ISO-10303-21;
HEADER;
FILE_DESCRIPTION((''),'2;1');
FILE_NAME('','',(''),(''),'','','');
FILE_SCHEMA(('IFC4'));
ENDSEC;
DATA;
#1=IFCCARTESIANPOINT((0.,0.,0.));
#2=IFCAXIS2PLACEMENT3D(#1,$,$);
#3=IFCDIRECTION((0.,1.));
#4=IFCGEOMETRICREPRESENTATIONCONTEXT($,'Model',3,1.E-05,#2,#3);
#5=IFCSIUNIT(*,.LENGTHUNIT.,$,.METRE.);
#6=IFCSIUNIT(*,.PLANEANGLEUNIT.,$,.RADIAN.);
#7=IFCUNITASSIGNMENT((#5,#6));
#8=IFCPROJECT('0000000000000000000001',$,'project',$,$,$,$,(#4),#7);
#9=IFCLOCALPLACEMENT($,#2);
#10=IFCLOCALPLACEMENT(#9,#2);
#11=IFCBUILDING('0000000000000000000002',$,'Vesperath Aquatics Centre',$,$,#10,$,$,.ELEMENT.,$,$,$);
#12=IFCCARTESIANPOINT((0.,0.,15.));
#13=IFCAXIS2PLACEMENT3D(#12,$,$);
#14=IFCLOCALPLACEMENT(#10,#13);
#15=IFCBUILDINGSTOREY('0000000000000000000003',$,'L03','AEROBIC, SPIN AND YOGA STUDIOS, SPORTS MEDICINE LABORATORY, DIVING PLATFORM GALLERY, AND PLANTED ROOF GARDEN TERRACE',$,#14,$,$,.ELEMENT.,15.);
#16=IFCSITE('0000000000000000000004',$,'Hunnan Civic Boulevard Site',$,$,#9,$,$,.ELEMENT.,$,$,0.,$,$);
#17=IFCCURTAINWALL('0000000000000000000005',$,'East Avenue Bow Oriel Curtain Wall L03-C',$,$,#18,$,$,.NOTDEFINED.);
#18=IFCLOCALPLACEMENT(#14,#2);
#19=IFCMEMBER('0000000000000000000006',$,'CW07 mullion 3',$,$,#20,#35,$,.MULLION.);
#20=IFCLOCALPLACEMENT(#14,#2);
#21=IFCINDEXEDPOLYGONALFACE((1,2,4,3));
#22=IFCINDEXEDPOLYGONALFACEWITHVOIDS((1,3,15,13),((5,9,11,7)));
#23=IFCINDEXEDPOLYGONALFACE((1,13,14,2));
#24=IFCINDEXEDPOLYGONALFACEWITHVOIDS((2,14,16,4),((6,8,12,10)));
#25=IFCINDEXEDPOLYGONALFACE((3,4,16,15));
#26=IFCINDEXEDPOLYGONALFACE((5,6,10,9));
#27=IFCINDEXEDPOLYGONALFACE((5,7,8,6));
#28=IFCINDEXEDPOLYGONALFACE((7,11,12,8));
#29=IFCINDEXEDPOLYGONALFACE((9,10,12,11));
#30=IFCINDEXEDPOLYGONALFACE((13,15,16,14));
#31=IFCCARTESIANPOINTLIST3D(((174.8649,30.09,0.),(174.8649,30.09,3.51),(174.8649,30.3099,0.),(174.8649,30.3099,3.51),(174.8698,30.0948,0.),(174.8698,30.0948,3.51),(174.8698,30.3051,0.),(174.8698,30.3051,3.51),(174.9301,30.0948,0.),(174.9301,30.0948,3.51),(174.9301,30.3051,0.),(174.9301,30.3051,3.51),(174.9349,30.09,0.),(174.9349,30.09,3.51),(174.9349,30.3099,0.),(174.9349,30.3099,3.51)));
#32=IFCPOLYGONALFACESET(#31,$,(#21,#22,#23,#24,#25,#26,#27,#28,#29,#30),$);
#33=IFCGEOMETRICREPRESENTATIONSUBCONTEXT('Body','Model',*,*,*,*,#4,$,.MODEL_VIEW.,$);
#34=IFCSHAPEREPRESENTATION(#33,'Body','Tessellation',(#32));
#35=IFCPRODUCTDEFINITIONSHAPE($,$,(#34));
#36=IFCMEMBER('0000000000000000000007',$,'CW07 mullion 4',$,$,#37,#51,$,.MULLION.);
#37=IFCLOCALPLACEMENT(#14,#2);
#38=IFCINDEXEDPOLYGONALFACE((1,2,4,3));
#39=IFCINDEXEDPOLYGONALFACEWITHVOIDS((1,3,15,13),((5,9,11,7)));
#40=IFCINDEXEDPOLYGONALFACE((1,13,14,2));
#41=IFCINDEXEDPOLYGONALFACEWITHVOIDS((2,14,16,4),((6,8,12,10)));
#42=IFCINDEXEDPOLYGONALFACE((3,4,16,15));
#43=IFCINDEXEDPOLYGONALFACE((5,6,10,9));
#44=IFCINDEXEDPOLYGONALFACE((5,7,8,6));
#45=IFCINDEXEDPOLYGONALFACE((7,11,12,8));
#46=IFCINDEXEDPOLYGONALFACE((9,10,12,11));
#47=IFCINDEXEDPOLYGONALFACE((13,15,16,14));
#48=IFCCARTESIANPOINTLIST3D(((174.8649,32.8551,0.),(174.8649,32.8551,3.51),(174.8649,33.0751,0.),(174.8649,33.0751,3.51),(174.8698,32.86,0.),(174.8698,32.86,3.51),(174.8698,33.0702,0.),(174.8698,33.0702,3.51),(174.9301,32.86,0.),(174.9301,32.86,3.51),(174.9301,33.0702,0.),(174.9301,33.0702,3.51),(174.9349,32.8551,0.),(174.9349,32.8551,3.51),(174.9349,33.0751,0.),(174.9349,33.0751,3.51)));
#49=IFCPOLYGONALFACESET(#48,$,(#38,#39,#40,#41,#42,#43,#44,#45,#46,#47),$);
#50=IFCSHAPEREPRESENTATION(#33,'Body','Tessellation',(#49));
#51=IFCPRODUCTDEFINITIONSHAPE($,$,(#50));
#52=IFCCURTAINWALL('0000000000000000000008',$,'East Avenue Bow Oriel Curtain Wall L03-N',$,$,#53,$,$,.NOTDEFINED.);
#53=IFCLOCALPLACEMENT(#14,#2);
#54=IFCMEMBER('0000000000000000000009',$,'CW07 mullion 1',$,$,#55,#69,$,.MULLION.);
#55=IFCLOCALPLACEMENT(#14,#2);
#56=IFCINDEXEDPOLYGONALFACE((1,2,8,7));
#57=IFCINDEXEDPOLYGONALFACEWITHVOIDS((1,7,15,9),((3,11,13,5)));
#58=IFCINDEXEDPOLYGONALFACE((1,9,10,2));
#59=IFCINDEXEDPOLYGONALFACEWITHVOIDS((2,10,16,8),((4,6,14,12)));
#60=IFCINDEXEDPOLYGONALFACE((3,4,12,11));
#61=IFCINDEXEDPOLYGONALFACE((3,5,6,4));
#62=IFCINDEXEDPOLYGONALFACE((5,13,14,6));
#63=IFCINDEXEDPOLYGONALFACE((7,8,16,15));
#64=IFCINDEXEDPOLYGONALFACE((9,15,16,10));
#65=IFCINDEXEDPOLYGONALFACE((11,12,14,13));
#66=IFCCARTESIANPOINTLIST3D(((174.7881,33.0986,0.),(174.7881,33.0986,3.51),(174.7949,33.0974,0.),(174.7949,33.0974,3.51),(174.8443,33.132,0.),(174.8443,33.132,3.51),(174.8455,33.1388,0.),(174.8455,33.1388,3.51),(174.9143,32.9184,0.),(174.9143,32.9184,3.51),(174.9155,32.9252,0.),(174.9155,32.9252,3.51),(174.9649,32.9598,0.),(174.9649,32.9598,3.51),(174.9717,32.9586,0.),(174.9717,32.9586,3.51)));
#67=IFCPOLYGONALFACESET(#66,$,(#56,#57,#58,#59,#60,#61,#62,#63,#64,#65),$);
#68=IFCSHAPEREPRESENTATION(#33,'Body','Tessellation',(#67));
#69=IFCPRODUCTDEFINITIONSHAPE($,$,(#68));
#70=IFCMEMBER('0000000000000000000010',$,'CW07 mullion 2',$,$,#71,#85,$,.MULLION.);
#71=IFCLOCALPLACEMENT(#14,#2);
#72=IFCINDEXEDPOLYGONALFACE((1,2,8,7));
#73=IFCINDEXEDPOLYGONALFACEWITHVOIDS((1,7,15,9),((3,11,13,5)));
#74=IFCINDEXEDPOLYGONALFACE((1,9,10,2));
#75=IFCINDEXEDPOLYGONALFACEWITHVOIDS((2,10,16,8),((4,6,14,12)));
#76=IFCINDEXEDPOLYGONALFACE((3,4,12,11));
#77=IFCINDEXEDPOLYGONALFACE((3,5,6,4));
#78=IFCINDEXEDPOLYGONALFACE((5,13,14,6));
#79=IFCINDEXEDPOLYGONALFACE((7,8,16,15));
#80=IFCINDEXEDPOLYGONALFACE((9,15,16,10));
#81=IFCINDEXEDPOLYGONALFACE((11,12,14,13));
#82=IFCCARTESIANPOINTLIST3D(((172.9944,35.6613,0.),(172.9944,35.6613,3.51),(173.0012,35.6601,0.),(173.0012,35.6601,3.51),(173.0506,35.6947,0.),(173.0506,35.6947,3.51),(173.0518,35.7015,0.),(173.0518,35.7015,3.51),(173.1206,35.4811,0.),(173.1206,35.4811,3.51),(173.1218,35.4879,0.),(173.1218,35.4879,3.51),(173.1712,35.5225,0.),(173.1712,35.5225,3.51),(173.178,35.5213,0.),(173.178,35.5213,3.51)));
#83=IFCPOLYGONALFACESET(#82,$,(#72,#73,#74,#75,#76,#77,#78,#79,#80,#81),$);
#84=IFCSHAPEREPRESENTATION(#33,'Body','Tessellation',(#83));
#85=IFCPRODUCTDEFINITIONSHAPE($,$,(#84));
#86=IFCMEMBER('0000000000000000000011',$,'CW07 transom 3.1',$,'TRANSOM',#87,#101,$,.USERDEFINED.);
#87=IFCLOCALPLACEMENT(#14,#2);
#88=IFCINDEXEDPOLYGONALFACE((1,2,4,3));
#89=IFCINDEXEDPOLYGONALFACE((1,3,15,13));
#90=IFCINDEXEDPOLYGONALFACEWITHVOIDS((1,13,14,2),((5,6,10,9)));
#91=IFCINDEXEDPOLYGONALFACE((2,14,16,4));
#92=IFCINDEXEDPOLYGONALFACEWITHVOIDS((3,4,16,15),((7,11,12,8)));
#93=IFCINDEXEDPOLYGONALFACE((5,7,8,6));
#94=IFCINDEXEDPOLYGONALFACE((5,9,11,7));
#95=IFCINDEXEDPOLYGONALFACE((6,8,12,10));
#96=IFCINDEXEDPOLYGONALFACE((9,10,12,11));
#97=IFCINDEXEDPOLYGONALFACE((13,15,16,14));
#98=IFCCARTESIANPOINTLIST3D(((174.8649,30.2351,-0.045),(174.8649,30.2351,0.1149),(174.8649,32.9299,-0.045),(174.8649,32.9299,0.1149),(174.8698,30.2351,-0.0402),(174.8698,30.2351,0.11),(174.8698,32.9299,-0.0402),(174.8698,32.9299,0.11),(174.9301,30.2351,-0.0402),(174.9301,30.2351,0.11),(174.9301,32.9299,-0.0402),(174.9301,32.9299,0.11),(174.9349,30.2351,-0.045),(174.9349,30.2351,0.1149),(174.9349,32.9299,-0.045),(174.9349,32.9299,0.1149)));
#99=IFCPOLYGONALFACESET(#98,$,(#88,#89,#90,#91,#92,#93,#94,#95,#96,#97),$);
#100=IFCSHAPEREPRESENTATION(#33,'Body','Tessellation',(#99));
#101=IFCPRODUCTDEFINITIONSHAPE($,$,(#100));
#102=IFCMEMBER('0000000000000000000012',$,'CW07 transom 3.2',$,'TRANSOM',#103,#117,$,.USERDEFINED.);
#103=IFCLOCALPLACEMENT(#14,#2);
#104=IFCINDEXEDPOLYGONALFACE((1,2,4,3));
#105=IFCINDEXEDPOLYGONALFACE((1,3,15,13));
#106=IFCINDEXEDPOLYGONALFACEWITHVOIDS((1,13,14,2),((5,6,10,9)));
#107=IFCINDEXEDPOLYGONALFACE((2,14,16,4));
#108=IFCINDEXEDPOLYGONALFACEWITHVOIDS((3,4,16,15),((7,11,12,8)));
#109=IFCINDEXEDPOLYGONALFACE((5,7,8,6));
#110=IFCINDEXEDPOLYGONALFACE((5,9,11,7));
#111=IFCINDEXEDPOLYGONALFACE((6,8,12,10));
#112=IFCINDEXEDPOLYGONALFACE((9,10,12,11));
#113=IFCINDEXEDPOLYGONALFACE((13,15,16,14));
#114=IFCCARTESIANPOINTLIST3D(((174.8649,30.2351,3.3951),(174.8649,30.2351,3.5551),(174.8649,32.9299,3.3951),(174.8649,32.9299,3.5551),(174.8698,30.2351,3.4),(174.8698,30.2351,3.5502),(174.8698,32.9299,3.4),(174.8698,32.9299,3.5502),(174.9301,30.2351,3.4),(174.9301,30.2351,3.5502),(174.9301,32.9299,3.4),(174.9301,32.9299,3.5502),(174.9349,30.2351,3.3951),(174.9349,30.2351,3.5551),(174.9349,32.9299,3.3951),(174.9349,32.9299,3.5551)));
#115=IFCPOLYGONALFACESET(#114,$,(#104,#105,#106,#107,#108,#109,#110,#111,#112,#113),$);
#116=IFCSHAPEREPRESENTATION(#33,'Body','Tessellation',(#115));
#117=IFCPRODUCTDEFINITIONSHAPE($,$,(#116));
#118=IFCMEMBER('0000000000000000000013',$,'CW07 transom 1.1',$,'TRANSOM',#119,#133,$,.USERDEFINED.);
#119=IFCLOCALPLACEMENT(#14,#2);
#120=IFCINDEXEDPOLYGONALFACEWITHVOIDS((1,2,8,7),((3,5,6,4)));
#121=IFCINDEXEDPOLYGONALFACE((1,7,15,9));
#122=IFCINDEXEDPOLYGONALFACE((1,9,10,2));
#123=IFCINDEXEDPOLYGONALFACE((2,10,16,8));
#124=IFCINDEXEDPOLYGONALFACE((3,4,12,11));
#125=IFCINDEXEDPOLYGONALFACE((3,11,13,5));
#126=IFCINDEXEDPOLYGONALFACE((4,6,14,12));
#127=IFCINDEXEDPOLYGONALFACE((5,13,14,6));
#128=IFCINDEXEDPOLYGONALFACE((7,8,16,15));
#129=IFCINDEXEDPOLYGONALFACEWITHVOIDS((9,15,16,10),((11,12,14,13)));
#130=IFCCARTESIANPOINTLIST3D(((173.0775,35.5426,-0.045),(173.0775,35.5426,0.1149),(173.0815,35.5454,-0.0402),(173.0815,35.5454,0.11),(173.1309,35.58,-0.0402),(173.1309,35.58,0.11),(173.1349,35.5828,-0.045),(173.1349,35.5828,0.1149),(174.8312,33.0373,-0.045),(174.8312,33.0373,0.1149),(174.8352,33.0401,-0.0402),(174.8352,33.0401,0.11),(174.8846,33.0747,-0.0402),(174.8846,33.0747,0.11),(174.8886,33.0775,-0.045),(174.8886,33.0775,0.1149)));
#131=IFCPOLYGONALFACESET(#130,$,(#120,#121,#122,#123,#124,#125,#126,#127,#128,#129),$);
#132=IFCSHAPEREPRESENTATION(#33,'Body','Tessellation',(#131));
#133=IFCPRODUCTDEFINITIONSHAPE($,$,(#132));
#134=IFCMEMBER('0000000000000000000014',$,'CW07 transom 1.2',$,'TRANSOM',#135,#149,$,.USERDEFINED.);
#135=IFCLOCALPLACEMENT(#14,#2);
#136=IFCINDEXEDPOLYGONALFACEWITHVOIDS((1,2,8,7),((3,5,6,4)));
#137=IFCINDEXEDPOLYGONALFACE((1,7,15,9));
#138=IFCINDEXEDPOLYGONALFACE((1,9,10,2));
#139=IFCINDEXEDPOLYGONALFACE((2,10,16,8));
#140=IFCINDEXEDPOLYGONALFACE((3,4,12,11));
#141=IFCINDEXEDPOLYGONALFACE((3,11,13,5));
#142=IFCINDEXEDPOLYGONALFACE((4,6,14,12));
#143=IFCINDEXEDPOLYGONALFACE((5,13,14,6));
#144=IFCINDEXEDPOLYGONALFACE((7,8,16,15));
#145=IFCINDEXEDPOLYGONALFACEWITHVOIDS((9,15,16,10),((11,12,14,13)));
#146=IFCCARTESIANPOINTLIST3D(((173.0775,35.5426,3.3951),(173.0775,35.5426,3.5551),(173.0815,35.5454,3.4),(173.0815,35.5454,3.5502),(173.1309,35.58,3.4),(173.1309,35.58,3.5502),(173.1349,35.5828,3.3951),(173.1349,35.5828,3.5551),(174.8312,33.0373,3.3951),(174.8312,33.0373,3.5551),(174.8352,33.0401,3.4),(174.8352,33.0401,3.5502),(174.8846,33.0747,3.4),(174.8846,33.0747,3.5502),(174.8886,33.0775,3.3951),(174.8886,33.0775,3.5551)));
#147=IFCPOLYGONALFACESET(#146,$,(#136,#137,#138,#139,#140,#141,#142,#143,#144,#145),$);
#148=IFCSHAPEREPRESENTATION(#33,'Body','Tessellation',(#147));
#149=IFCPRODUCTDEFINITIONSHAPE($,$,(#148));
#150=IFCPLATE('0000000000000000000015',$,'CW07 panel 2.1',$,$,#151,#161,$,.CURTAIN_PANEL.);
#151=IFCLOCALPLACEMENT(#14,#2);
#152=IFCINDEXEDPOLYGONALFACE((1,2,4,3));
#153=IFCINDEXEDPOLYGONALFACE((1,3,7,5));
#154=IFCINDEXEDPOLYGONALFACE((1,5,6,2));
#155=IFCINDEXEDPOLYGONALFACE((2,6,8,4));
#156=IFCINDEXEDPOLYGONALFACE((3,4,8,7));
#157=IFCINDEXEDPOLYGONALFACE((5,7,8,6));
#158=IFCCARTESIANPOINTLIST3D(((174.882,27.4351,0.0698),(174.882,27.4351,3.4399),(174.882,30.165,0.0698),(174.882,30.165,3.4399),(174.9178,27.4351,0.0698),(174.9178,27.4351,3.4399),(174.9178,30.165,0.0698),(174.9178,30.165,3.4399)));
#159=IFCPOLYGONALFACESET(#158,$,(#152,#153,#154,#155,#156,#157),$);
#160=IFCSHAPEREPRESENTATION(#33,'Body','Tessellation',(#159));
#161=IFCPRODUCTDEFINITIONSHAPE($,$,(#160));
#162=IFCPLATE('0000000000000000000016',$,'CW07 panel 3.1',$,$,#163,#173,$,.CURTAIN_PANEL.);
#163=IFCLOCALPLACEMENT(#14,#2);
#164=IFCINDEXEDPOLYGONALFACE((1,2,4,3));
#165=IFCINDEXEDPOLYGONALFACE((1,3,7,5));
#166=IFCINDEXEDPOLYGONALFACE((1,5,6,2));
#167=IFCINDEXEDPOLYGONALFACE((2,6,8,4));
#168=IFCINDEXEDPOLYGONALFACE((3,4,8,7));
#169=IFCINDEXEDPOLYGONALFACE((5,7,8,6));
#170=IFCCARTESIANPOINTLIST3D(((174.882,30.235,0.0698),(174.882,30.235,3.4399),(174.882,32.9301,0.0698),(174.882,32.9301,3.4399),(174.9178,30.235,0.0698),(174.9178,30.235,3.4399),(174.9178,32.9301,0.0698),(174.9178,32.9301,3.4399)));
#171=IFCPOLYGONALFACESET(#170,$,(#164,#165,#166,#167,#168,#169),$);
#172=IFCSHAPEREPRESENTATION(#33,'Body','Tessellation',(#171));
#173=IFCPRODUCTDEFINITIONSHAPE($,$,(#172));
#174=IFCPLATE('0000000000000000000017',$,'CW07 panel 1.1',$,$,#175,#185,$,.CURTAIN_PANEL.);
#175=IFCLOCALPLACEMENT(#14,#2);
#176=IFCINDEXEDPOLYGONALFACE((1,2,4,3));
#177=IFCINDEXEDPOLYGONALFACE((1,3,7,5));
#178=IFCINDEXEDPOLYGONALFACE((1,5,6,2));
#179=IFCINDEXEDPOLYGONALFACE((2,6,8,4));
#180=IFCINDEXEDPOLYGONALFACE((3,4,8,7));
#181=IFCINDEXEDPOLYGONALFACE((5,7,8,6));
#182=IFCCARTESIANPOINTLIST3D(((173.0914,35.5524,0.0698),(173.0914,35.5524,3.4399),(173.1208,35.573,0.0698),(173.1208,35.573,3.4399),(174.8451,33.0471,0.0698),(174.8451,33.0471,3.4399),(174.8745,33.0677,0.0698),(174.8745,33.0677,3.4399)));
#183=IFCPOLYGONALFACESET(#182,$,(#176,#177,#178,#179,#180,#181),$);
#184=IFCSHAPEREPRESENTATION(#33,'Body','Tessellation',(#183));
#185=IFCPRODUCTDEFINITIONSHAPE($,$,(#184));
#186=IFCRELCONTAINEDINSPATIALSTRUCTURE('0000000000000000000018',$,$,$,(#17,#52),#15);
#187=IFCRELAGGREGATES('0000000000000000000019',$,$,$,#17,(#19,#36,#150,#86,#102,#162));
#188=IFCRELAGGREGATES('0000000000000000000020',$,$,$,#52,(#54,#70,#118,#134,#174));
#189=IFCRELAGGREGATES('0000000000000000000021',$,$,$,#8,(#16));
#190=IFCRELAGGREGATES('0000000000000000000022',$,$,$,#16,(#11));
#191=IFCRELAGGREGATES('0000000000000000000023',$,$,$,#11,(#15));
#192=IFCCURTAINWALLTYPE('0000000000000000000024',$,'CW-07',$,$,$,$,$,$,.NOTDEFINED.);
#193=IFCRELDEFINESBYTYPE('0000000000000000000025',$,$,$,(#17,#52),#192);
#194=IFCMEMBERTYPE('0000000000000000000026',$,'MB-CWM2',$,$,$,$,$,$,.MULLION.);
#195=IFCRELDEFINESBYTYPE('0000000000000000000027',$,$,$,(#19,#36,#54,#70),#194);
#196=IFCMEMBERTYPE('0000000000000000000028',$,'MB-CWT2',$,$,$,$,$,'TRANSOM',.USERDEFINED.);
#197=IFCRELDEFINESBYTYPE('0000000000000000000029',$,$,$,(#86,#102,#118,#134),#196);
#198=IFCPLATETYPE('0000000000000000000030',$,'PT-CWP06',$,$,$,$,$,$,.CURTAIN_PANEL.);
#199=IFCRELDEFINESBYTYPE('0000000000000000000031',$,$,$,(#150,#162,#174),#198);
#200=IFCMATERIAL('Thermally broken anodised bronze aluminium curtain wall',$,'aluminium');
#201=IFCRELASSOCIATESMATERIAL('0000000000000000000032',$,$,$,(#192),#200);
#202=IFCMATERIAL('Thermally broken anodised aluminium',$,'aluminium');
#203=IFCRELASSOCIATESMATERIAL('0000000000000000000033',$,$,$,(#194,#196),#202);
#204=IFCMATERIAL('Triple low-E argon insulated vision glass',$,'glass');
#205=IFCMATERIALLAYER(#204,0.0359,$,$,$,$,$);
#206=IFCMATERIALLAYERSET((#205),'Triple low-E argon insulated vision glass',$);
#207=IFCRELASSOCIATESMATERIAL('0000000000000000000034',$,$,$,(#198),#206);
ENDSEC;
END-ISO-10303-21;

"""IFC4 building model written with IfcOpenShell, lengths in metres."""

from ifc_helpers import new_model, si_unit, direction, frame, origin, origin_2d, place, context, subcontext, project, spatial, rectangle, hollow_rectangle, extrude, material, layer, layer_set, material_profile, profile_set, type_object, element, aggregate, save


model = new_model("IFC4")

# Units and contexts
model_context = context("Model", 3, precision=1e-05, world=origin(), true_north=direction((0.0, 1.0)))
body_context = subcontext(model_context, "Body", "Model", "MODEL_VIEW")
ifc_project = project(units=[si_unit("LENGTHUNIT", "METRE"), si_unit("PLANEANGLEUNIT", "RADIAN")], contexts=[model_context])

# Site, building, storey
site_placement = place(None, origin())
site = spatial("IfcSite", under=ifc_project, at=site_placement, Name="Hunnan Civic Boulevard Site", CompositionType="ELEMENT", RefElevation=0.0)
building_placement = place(site_placement, origin())
building = spatial("IfcBuilding", under=site, at=building_placement, Name="Vesperath Aquatics Centre", CompositionType="ELEMENT")
storey_placement = place(building_placement, frame((0.0, 0.0, 15.0)))
storey = spatial("IfcBuildingStorey", under=building, at=storey_placement, Name="L03", Description="AEROBIC, SPIN AND YOGA STUDIOS, SPORTS MEDICINE LABORATORY, DIVING PLATFORM GALLERY, AND PLANTED ROOF GARDEN TERRACE", CompositionType="ELEMENT", Elevation=15.0)

# Curtain walls, members
ifc_material_1 = material(Name="Thermally broken anodised bronze aluminium curtain wall", Category="aluminium")
curtain_wall_type = type_object("IfcCurtainWallType", Name="CW-07", PredefinedType="NOTDEFINED", material=ifc_material_1)
curtain_wall_1_placement = place(storey_placement, origin())
curtain_wall_1 = element("IfcCurtainWall", 1, at=curtain_wall_1_placement, inside=storey, type_object=curtain_wall_type, Name="East Avenue Bow Oriel Curtain Wall L03-C", PredefinedType="NOTDEFINED")
ifc_material_2 = material(Name="Thermally broken anodised aluminium", Category="aluminium")
ifc_material_profile_1 = material_profile(ifc_material_2, hollow_rectangle(XDim=0.0701, YDim=0.22, WallThickness=0.0049, at=origin_2d()), Name="CWM 70x220x5")
ifc_profile_set_1 = profile_set([ifc_material_profile_1], Name="Thermally broken anodised aluminium")
member_type_1 = type_object("IfcMemberType", Name="MB-CWM2", PredefinedType="MULLION", material=ifc_profile_set_1)
member_1_placement = place(storey_placement, frame((174.8999, 30.2, 0.0), z_axis=(0.0, 0.0, 1.0), x_axis=(-1.0, 0.0, 0.0)))
member_1 = element("IfcMember", 2, at=member_1_placement, type_object=member_type_1, Name="CW07 mullion 3", PredefinedType="MULLION", context=body_context, shape_type="SweptSolid", body=[
    extrude(hollow_rectangle(XDim=0.0701, YDim=0.22, WallThickness=0.0049, at=origin_2d()), origin(), (0.0, 0.0, 1.0), 3.51),
])
member_2_placement = place(storey_placement, frame((174.8999, 32.9651, 0.0), z_axis=(0.0, 0.0, 1.0), x_axis=(-1.0, 0.0, 0.0)))
member_2 = element("IfcMember", 3, at=member_2_placement, type_object=member_type_1, Name="CW07 mullion 4", PredefinedType="MULLION", context=body_context, shape_type="SweptSolid", body=[
    extrude(hollow_rectangle(XDim=0.0701, YDim=0.22, WallThickness=0.0049, at=origin_2d()), origin(), (0.0, 0.0, 1.0), 3.51),
])
curtain_wall_2_placement = place(storey_placement, origin())
curtain_wall_2 = element("IfcCurtainWall", 4, at=curtain_wall_2_placement, inside=storey, type_object=curtain_wall_type, Name="East Avenue Bow Oriel Curtain Wall L03-N", PredefinedType="NOTDEFINED")
member_3_placement = place(storey_placement, frame((174.8799, 33.0286, 0.0), z_axis=(0.0, 0.0, 1.0), x_axis=(-0.819232, -0.573462, 0.0)))
member_3 = element("IfcMember", 5, at=member_3_placement, type_object=member_type_1, Name="CW07 mullion 1", PredefinedType="MULLION", context=body_context, shape_type="SweptSolid", body=[
    extrude(hollow_rectangle(XDim=0.0701, YDim=0.22, WallThickness=0.0049, at=origin_2d()), origin(), (0.0, 0.0, 1.0), 3.51),
])
member_4_placement = place(storey_placement, frame((173.0862, 35.5913, 0.0), z_axis=(0.0, 0.0, 1.0), x_axis=(-0.819232, -0.573462, 0.0)))
member_4 = element("IfcMember", 6, at=member_4_placement, type_object=member_type_1, Name="CW07 mullion 2", PredefinedType="MULLION", context=body_context, shape_type="SweptSolid", body=[
    extrude(hollow_rectangle(XDim=0.0701, YDim=0.22, WallThickness=0.0049, at=origin_2d()), origin(), (0.0, 0.0, 1.0), 3.51),
])

# Members
ifc_material_profile_2 = material_profile(ifc_material_2, hollow_rectangle(XDim=0.0701, YDim=0.1599, WallThickness=0.0049, at=origin_2d()), Name="CWT 70x160x5")
ifc_profile_set_2 = profile_set([ifc_material_profile_2], Name="Thermally broken anodised aluminium")
member_type_2 = type_object("IfcMemberType", Name="MB-CWT2", ElementType="TRANSOM", PredefinedType="USERDEFINED", material=ifc_profile_set_2)
member_5_placement = place(storey_placement, frame((174.8999, 30.2351, 0.0349), z_axis=(0.0, 1.0, 0.0), x_axis=(-1.0, 0.0, 0.0)))
member_5 = element("IfcMember", 7, at=member_5_placement, type_object=member_type_2, Name="CW07 transom 3.1", ObjectType="TRANSOM", PredefinedType="USERDEFINED", context=body_context, shape_type="SweptSolid", body=[
    extrude(hollow_rectangle(XDim=0.0701, YDim=0.1599, WallThickness=0.0049, at=origin_2d()), origin(), (0.0, 0.0, 1.0), 2.6948),
])
member_6_placement = place(storey_placement, frame((174.8999, 30.2351, 3.4751), z_axis=(0.0, 1.0, 0.0), x_axis=(-1.0, 0.0, 0.0)))
member_6 = element("IfcMember", 8, at=member_6_placement, type_object=member_type_2, Name="CW07 transom 3.2", ObjectType="TRANSOM", PredefinedType="USERDEFINED", context=body_context, shape_type="SweptSolid", body=[
    extrude(hollow_rectangle(XDim=0.0701, YDim=0.1599, WallThickness=0.0049, at=origin_2d()), origin(), (0.0, 0.0, 1.0), 2.6948),
])
member_7_placement = place(storey_placement, frame((174.8599, 33.0574, 0.0349), z_axis=(-0.573441, 0.819247, 0.0), x_axis=(-0.819247, -0.573441, 0.0)))
member_7 = element("IfcMember", 9, at=member_7_placement, type_object=member_type_2, Name="CW07 transom 1.1", ObjectType="TRANSOM", PredefinedType="USERDEFINED", context=body_context, shape_type="SweptSolid", body=[
    extrude(hollow_rectangle(XDim=0.0701, YDim=0.1599, WallThickness=0.0049, at=origin_2d()), origin(), (0.0, 0.0, 1.0), 3.0581),
])
member_8_placement = place(storey_placement, frame((174.8599, 33.0574, 3.4751), z_axis=(-0.573441, 0.819247, 0.0), x_axis=(-0.819247, -0.573441, 0.0)))
member_8 = element("IfcMember", 10, at=member_8_placement, type_object=member_type_2, Name="CW07 transom 1.2", ObjectType="TRANSOM", PredefinedType="USERDEFINED", context=body_context, shape_type="SweptSolid", body=[
    extrude(hollow_rectangle(XDim=0.0701, YDim=0.1599, WallThickness=0.0049, at=origin_2d()), origin(), (0.0, 0.0, 1.0), 3.0581),
])

# Plates
ifc_material_3 = material(Name="Triple low-E argon insulated vision glass", Category="glass")
ifc_layer_1 = layer(ifc_material_3, 0.0359)
ifc_layer_set_1 = layer_set([ifc_layer_1], Name="Triple low-E argon insulated vision glass")
plate_type = type_object("IfcPlateType", Name="PT-CWP06", PredefinedType="CURTAIN_PANEL", material=ifc_layer_set_1)
plate_1_placement = place(storey_placement, frame((174.8999, 28.8, 0.0698), z_axis=(0.0, 0.0, 1.0), x_axis=(0.0, 1.0, 0.0)))
plate_1 = element("IfcPlate", 11, at=plate_1_placement, type_object=plate_type, Name="CW07 panel 2.1", PredefinedType="CURTAIN_PANEL", context=body_context, shape_type="SweptSolid", body=[
    extrude(rectangle(XDim=2.73, YDim=0.0359, at=origin_2d()), origin(), (0.0, 0.0, 1.0), 3.3701),
])
plate_2_placement = place(storey_placement, frame((174.8999, 31.5825, 0.0698), z_axis=(0.0, 0.0, 1.0), x_axis=(0.0, 1.0, 0.0)))
plate_2 = element("IfcPlate", 12, at=plate_2_placement, type_object=plate_type, Name="CW07 panel 3.1", PredefinedType="CURTAIN_PANEL", context=body_context, shape_type="SweptSolid", body=[
    extrude(rectangle(XDim=2.6951, YDim=0.0359, at=origin_2d()), origin(), (0.0, 0.0, 1.0), 3.3701),
])
aggregate(curtain_wall_1, [member_1, member_2, plate_1, member_5, member_6, plate_2])
plate_3_placement = place(storey_placement, frame((173.9829, 34.3101, 0.0698), z_axis=(0.0, 0.0, 1.0), x_axis=(-0.573462, 0.819232, 0.0)))
plate_3 = element("IfcPlate", 13, at=plate_3_placement, type_object=plate_type, Name="CW07 panel 1.1", PredefinedType="CURTAIN_PANEL", context=body_context, shape_type="SweptSolid", body=[
    extrude(rectangle(XDim=3.0581, YDim=0.0359, at=origin_2d()), origin(), (0.0, 0.0, 1.0), 3.3701),
])
aggregate(curtain_wall_2, [member_3, member_4, member_7, member_8, plate_3])

save(model, "model.ifc")
